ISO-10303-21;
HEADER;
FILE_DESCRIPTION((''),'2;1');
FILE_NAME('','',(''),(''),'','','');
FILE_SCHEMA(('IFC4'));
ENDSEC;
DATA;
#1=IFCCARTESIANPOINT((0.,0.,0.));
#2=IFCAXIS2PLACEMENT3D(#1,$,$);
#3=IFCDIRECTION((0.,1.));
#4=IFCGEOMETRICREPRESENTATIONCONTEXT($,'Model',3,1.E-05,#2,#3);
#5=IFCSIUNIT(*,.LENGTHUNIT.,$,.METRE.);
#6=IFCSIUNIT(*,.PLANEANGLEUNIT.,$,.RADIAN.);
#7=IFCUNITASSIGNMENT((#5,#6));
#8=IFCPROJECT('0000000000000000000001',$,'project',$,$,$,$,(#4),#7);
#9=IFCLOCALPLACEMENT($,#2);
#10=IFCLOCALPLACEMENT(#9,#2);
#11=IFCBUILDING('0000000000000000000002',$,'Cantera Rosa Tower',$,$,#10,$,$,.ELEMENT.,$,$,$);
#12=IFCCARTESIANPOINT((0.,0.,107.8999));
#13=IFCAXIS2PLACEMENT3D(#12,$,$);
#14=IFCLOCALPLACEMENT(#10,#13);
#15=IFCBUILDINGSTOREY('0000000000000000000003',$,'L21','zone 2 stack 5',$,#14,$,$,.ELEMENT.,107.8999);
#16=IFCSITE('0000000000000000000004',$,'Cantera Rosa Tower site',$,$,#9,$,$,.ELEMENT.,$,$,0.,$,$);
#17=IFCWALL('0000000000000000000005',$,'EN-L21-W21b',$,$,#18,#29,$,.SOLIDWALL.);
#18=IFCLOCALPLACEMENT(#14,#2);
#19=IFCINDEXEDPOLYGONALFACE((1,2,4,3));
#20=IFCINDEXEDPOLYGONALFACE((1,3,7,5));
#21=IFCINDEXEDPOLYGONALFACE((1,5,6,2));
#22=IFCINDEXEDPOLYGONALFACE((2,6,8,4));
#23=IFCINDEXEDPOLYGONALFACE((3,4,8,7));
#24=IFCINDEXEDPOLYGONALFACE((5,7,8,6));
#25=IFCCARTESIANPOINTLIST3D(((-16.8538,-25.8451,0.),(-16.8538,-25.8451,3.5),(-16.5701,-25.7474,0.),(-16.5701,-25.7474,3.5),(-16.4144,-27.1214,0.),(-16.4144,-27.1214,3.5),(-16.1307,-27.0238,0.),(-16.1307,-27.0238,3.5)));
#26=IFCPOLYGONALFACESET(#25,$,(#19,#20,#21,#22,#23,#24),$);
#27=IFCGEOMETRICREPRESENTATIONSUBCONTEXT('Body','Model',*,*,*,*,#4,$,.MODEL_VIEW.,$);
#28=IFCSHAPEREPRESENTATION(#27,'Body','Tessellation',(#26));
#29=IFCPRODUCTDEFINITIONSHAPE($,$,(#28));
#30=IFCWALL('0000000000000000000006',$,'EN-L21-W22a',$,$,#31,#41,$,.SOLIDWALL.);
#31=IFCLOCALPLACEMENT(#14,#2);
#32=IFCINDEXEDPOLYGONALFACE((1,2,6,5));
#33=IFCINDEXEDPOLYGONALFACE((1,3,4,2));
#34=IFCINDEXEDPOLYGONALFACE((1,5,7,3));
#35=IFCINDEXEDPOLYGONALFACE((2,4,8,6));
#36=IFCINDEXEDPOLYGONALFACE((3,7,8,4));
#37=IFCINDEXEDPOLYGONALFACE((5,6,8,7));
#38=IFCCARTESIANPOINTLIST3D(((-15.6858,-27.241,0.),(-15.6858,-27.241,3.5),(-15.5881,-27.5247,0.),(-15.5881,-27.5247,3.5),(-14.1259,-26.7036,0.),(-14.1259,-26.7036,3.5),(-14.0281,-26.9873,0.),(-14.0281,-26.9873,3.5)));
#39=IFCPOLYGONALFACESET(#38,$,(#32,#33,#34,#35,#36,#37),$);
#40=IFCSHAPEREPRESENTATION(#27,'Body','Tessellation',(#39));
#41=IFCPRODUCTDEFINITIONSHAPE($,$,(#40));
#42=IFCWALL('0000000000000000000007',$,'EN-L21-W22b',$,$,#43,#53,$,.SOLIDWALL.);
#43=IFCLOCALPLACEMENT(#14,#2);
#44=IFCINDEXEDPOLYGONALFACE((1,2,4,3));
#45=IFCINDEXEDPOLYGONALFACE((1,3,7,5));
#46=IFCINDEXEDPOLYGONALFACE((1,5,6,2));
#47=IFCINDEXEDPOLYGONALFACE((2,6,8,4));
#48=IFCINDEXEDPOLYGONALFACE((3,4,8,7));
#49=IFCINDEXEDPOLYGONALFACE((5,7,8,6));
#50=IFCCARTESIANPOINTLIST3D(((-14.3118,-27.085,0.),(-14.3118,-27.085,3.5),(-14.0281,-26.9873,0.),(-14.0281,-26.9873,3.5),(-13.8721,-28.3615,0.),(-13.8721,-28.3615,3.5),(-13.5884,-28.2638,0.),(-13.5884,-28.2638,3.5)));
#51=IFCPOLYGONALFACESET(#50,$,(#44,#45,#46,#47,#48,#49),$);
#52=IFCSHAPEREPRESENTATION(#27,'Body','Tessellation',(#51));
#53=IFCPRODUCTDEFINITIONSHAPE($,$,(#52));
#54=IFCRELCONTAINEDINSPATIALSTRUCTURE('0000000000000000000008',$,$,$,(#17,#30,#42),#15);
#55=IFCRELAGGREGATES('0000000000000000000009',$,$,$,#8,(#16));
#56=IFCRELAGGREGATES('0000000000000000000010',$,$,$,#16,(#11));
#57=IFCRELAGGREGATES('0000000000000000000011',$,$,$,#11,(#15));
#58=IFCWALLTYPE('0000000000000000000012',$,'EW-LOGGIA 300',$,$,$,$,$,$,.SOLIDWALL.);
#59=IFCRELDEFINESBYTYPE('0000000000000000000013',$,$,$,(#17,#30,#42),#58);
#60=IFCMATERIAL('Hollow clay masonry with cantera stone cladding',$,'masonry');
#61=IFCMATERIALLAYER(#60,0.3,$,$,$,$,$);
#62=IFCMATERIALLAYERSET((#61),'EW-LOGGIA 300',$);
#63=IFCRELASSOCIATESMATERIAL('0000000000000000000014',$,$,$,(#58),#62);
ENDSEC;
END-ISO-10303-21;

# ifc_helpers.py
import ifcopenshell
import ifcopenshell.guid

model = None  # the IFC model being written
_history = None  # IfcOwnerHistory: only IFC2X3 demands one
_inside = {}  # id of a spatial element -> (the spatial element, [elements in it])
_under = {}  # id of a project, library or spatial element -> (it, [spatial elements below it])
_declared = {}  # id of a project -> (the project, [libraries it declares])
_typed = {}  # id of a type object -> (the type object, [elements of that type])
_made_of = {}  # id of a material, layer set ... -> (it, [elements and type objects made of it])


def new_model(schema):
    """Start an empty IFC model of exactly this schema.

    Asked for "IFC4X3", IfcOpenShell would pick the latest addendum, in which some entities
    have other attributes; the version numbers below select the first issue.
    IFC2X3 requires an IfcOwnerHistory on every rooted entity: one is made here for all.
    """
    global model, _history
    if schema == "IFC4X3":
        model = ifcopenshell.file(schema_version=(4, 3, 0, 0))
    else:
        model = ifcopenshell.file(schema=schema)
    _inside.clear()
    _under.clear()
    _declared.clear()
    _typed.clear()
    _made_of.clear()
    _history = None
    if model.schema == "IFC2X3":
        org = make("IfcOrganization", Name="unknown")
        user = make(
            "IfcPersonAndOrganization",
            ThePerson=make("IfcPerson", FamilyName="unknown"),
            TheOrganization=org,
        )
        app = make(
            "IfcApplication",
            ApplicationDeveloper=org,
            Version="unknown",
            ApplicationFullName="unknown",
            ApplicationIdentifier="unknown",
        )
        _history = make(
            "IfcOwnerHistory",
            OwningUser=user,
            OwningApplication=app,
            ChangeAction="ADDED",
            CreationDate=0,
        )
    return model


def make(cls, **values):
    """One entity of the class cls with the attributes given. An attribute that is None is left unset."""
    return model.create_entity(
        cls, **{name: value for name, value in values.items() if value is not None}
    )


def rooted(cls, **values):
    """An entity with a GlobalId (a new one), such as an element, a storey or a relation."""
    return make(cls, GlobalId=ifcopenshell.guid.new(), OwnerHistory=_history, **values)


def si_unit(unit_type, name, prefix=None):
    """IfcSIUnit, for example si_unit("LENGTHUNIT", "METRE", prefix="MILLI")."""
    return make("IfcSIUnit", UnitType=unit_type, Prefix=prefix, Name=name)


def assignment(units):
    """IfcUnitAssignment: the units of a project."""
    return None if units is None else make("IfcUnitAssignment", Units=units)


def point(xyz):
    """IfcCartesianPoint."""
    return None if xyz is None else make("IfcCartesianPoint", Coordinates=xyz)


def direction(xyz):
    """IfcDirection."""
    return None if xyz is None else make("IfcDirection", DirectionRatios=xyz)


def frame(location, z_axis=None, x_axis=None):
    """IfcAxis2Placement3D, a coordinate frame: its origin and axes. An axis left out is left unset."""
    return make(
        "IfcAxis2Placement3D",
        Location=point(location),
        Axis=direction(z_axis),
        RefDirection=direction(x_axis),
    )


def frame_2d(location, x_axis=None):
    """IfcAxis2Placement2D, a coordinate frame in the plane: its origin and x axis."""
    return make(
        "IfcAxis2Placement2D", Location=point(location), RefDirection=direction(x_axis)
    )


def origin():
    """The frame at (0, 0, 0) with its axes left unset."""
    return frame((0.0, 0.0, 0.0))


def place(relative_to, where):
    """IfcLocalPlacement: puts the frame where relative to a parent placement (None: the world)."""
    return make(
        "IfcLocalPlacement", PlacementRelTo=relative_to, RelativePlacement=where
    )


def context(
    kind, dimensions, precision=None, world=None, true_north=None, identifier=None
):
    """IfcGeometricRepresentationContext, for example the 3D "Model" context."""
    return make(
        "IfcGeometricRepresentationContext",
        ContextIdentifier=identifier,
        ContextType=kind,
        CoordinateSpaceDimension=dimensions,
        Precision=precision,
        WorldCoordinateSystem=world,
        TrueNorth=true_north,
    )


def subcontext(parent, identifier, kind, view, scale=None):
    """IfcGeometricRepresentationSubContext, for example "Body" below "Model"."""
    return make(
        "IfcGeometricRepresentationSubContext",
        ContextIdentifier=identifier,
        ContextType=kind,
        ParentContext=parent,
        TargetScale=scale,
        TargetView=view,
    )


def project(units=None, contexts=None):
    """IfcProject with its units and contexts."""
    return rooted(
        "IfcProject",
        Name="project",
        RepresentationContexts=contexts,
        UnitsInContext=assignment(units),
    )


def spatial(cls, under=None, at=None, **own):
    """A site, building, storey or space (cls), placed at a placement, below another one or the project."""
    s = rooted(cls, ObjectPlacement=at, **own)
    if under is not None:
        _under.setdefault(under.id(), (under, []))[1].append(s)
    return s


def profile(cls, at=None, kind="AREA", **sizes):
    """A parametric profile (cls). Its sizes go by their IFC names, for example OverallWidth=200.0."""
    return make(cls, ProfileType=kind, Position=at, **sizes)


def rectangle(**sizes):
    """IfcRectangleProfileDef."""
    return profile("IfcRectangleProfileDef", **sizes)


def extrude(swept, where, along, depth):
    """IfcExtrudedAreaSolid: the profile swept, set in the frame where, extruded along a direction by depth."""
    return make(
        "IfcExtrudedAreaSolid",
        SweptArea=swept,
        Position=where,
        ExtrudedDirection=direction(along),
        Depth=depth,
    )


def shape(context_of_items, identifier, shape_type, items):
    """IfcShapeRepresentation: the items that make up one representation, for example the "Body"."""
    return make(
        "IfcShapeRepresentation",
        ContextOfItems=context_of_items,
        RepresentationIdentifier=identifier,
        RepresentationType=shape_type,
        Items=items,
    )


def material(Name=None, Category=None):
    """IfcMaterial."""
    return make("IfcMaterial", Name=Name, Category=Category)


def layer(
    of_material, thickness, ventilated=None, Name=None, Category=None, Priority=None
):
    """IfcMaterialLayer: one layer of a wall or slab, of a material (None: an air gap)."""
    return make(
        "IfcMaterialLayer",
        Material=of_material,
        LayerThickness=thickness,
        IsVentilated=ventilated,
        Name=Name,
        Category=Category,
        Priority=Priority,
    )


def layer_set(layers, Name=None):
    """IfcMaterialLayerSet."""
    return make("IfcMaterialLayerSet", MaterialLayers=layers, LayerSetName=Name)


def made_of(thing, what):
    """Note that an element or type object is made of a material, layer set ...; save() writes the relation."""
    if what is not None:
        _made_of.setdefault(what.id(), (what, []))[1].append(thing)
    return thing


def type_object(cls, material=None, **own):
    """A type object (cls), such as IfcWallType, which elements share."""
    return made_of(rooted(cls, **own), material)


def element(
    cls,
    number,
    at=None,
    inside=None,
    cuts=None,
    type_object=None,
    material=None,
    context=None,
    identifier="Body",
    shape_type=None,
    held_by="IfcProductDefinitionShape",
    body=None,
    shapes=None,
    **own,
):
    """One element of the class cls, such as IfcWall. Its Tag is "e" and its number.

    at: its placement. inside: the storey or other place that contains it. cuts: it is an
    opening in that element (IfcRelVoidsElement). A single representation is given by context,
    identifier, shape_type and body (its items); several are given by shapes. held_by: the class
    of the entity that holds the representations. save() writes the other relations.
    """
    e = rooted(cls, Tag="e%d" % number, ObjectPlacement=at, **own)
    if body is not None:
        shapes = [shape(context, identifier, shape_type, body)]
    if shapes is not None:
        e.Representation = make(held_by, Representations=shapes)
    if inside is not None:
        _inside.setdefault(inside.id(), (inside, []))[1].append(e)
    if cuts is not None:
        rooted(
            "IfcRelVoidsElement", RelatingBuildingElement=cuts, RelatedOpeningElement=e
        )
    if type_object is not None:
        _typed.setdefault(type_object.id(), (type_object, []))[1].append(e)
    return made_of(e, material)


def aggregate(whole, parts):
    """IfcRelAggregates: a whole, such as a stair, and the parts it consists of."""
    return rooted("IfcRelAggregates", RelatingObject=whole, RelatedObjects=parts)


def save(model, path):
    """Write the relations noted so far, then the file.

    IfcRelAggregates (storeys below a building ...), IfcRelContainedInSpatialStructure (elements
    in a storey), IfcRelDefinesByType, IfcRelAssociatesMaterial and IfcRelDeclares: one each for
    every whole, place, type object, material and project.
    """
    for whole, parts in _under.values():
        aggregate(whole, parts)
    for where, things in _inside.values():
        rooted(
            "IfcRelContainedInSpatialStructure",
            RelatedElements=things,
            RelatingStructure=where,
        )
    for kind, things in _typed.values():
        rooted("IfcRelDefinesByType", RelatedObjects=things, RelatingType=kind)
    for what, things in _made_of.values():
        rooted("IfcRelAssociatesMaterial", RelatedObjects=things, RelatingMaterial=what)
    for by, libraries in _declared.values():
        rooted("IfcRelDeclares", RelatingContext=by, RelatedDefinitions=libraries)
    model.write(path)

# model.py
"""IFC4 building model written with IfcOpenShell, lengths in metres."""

from ifc_helpers import new_model, si_unit, direction, frame, frame_2d, origin, place, context, subcontext, project, spatial, rectangle, extrude, material, layer, layer_set, type_object, element, save


model = new_model("IFC4")

# Units and contexts
model_context = context("Model", 3, precision=1e-05, world=origin(), true_north=direction((0.0, 1.0)))
body_context = subcontext(model_context, "Body", "Model", "MODEL_VIEW")
ifc_project = project(units=[si_unit("LENGTHUNIT", "METRE"), si_unit("PLANEANGLEUNIT", "RADIAN")], contexts=[model_context])

# Site, building, storey
site_placement = place(None, origin())
site = spatial("IfcSite", under=ifc_project, at=site_placement, Name="Cantera Rosa Tower site", CompositionType="ELEMENT", RefElevation=0.0)
building_placement = place(site_placement, origin())
building = spatial("IfcBuilding", under=site, at=building_placement, Name="Cantera Rosa Tower", CompositionType="ELEMENT")
storey_placement = place(building_placement, frame((0.0, 0.0, 107.8999)))
storey = spatial("IfcBuildingStorey", under=building, at=storey_placement, Name="L21", Description="zone 2 stack 5", CompositionType="ELEMENT", Elevation=107.8999)

# Walls
ifc_material_1 = material(Name="Hollow clay masonry with cantera stone cladding", Category="masonry")
ifc_layer_1 = layer(ifc_material_1, 0.3)
ifc_layer_set_1 = layer_set([ifc_layer_1], Name="EW-LOGGIA 300")
wall_type_1 = type_object("IfcWallType", Name="EW-LOGGIA 300", PredefinedType="SOLIDWALL", material=ifc_layer_set_1)
wall_1_placement = place(storey_placement, frame((-16.7119, -25.7964, 0.0), z_axis=(0.0, 0.0, 1.0), x_axis=(0.325545, -0.945527, 0.0)))
element("IfcWall", 1, at=wall_1_placement, inside=storey, type_object=wall_type_1, Name="EN-L21-W21b", PredefinedType="SOLIDWALL", context=body_context, shape_type="SweptSolid", body=[
    extrude(rectangle(XDim=1.3499, YDim=0.3, at=frame_2d((0.6748, 0.0))), origin(), (0.0, 0.0, 1.0), 3.5),
])
wall_2_placement = place(storey_placement, frame((-15.637, -27.3828, 0.0), z_axis=(0.0, 0.0, 1.0), x_axis=(0.945485, 0.325667, 0.0)))
element("IfcWall", 2, at=wall_2_placement, inside=storey, type_object=wall_type_1, Name="EN-L21-W22a", PredefinedType="SOLIDWALL", context=body_context, shape_type="SweptSolid", body=[
    extrude(rectangle(XDim=1.6499, YDim=0.3, at=frame_2d((0.825, 0.0))), origin(), (0.0, 0.0, 1.0), 3.5),
])
wall_3_placement = place(storey_placement, frame((-14.1699, -27.0361, 0.0), z_axis=(0.0, 0.0, 1.0), x_axis=(0.325651, -0.94549, 0.0)))
element("IfcWall", 3, at=wall_3_placement, inside=storey, type_object=wall_type_1, Name="EN-L21-W22b", PredefinedType="SOLIDWALL", context=body_context, shape_type="SweptSolid", body=[
    extrude(rectangle(XDim=1.3501, YDim=0.3, at=frame_2d((0.675, 0.0))), origin(), (0.0, 0.0, 1.0), 3.5),
])

save(model, "model.ifc")
